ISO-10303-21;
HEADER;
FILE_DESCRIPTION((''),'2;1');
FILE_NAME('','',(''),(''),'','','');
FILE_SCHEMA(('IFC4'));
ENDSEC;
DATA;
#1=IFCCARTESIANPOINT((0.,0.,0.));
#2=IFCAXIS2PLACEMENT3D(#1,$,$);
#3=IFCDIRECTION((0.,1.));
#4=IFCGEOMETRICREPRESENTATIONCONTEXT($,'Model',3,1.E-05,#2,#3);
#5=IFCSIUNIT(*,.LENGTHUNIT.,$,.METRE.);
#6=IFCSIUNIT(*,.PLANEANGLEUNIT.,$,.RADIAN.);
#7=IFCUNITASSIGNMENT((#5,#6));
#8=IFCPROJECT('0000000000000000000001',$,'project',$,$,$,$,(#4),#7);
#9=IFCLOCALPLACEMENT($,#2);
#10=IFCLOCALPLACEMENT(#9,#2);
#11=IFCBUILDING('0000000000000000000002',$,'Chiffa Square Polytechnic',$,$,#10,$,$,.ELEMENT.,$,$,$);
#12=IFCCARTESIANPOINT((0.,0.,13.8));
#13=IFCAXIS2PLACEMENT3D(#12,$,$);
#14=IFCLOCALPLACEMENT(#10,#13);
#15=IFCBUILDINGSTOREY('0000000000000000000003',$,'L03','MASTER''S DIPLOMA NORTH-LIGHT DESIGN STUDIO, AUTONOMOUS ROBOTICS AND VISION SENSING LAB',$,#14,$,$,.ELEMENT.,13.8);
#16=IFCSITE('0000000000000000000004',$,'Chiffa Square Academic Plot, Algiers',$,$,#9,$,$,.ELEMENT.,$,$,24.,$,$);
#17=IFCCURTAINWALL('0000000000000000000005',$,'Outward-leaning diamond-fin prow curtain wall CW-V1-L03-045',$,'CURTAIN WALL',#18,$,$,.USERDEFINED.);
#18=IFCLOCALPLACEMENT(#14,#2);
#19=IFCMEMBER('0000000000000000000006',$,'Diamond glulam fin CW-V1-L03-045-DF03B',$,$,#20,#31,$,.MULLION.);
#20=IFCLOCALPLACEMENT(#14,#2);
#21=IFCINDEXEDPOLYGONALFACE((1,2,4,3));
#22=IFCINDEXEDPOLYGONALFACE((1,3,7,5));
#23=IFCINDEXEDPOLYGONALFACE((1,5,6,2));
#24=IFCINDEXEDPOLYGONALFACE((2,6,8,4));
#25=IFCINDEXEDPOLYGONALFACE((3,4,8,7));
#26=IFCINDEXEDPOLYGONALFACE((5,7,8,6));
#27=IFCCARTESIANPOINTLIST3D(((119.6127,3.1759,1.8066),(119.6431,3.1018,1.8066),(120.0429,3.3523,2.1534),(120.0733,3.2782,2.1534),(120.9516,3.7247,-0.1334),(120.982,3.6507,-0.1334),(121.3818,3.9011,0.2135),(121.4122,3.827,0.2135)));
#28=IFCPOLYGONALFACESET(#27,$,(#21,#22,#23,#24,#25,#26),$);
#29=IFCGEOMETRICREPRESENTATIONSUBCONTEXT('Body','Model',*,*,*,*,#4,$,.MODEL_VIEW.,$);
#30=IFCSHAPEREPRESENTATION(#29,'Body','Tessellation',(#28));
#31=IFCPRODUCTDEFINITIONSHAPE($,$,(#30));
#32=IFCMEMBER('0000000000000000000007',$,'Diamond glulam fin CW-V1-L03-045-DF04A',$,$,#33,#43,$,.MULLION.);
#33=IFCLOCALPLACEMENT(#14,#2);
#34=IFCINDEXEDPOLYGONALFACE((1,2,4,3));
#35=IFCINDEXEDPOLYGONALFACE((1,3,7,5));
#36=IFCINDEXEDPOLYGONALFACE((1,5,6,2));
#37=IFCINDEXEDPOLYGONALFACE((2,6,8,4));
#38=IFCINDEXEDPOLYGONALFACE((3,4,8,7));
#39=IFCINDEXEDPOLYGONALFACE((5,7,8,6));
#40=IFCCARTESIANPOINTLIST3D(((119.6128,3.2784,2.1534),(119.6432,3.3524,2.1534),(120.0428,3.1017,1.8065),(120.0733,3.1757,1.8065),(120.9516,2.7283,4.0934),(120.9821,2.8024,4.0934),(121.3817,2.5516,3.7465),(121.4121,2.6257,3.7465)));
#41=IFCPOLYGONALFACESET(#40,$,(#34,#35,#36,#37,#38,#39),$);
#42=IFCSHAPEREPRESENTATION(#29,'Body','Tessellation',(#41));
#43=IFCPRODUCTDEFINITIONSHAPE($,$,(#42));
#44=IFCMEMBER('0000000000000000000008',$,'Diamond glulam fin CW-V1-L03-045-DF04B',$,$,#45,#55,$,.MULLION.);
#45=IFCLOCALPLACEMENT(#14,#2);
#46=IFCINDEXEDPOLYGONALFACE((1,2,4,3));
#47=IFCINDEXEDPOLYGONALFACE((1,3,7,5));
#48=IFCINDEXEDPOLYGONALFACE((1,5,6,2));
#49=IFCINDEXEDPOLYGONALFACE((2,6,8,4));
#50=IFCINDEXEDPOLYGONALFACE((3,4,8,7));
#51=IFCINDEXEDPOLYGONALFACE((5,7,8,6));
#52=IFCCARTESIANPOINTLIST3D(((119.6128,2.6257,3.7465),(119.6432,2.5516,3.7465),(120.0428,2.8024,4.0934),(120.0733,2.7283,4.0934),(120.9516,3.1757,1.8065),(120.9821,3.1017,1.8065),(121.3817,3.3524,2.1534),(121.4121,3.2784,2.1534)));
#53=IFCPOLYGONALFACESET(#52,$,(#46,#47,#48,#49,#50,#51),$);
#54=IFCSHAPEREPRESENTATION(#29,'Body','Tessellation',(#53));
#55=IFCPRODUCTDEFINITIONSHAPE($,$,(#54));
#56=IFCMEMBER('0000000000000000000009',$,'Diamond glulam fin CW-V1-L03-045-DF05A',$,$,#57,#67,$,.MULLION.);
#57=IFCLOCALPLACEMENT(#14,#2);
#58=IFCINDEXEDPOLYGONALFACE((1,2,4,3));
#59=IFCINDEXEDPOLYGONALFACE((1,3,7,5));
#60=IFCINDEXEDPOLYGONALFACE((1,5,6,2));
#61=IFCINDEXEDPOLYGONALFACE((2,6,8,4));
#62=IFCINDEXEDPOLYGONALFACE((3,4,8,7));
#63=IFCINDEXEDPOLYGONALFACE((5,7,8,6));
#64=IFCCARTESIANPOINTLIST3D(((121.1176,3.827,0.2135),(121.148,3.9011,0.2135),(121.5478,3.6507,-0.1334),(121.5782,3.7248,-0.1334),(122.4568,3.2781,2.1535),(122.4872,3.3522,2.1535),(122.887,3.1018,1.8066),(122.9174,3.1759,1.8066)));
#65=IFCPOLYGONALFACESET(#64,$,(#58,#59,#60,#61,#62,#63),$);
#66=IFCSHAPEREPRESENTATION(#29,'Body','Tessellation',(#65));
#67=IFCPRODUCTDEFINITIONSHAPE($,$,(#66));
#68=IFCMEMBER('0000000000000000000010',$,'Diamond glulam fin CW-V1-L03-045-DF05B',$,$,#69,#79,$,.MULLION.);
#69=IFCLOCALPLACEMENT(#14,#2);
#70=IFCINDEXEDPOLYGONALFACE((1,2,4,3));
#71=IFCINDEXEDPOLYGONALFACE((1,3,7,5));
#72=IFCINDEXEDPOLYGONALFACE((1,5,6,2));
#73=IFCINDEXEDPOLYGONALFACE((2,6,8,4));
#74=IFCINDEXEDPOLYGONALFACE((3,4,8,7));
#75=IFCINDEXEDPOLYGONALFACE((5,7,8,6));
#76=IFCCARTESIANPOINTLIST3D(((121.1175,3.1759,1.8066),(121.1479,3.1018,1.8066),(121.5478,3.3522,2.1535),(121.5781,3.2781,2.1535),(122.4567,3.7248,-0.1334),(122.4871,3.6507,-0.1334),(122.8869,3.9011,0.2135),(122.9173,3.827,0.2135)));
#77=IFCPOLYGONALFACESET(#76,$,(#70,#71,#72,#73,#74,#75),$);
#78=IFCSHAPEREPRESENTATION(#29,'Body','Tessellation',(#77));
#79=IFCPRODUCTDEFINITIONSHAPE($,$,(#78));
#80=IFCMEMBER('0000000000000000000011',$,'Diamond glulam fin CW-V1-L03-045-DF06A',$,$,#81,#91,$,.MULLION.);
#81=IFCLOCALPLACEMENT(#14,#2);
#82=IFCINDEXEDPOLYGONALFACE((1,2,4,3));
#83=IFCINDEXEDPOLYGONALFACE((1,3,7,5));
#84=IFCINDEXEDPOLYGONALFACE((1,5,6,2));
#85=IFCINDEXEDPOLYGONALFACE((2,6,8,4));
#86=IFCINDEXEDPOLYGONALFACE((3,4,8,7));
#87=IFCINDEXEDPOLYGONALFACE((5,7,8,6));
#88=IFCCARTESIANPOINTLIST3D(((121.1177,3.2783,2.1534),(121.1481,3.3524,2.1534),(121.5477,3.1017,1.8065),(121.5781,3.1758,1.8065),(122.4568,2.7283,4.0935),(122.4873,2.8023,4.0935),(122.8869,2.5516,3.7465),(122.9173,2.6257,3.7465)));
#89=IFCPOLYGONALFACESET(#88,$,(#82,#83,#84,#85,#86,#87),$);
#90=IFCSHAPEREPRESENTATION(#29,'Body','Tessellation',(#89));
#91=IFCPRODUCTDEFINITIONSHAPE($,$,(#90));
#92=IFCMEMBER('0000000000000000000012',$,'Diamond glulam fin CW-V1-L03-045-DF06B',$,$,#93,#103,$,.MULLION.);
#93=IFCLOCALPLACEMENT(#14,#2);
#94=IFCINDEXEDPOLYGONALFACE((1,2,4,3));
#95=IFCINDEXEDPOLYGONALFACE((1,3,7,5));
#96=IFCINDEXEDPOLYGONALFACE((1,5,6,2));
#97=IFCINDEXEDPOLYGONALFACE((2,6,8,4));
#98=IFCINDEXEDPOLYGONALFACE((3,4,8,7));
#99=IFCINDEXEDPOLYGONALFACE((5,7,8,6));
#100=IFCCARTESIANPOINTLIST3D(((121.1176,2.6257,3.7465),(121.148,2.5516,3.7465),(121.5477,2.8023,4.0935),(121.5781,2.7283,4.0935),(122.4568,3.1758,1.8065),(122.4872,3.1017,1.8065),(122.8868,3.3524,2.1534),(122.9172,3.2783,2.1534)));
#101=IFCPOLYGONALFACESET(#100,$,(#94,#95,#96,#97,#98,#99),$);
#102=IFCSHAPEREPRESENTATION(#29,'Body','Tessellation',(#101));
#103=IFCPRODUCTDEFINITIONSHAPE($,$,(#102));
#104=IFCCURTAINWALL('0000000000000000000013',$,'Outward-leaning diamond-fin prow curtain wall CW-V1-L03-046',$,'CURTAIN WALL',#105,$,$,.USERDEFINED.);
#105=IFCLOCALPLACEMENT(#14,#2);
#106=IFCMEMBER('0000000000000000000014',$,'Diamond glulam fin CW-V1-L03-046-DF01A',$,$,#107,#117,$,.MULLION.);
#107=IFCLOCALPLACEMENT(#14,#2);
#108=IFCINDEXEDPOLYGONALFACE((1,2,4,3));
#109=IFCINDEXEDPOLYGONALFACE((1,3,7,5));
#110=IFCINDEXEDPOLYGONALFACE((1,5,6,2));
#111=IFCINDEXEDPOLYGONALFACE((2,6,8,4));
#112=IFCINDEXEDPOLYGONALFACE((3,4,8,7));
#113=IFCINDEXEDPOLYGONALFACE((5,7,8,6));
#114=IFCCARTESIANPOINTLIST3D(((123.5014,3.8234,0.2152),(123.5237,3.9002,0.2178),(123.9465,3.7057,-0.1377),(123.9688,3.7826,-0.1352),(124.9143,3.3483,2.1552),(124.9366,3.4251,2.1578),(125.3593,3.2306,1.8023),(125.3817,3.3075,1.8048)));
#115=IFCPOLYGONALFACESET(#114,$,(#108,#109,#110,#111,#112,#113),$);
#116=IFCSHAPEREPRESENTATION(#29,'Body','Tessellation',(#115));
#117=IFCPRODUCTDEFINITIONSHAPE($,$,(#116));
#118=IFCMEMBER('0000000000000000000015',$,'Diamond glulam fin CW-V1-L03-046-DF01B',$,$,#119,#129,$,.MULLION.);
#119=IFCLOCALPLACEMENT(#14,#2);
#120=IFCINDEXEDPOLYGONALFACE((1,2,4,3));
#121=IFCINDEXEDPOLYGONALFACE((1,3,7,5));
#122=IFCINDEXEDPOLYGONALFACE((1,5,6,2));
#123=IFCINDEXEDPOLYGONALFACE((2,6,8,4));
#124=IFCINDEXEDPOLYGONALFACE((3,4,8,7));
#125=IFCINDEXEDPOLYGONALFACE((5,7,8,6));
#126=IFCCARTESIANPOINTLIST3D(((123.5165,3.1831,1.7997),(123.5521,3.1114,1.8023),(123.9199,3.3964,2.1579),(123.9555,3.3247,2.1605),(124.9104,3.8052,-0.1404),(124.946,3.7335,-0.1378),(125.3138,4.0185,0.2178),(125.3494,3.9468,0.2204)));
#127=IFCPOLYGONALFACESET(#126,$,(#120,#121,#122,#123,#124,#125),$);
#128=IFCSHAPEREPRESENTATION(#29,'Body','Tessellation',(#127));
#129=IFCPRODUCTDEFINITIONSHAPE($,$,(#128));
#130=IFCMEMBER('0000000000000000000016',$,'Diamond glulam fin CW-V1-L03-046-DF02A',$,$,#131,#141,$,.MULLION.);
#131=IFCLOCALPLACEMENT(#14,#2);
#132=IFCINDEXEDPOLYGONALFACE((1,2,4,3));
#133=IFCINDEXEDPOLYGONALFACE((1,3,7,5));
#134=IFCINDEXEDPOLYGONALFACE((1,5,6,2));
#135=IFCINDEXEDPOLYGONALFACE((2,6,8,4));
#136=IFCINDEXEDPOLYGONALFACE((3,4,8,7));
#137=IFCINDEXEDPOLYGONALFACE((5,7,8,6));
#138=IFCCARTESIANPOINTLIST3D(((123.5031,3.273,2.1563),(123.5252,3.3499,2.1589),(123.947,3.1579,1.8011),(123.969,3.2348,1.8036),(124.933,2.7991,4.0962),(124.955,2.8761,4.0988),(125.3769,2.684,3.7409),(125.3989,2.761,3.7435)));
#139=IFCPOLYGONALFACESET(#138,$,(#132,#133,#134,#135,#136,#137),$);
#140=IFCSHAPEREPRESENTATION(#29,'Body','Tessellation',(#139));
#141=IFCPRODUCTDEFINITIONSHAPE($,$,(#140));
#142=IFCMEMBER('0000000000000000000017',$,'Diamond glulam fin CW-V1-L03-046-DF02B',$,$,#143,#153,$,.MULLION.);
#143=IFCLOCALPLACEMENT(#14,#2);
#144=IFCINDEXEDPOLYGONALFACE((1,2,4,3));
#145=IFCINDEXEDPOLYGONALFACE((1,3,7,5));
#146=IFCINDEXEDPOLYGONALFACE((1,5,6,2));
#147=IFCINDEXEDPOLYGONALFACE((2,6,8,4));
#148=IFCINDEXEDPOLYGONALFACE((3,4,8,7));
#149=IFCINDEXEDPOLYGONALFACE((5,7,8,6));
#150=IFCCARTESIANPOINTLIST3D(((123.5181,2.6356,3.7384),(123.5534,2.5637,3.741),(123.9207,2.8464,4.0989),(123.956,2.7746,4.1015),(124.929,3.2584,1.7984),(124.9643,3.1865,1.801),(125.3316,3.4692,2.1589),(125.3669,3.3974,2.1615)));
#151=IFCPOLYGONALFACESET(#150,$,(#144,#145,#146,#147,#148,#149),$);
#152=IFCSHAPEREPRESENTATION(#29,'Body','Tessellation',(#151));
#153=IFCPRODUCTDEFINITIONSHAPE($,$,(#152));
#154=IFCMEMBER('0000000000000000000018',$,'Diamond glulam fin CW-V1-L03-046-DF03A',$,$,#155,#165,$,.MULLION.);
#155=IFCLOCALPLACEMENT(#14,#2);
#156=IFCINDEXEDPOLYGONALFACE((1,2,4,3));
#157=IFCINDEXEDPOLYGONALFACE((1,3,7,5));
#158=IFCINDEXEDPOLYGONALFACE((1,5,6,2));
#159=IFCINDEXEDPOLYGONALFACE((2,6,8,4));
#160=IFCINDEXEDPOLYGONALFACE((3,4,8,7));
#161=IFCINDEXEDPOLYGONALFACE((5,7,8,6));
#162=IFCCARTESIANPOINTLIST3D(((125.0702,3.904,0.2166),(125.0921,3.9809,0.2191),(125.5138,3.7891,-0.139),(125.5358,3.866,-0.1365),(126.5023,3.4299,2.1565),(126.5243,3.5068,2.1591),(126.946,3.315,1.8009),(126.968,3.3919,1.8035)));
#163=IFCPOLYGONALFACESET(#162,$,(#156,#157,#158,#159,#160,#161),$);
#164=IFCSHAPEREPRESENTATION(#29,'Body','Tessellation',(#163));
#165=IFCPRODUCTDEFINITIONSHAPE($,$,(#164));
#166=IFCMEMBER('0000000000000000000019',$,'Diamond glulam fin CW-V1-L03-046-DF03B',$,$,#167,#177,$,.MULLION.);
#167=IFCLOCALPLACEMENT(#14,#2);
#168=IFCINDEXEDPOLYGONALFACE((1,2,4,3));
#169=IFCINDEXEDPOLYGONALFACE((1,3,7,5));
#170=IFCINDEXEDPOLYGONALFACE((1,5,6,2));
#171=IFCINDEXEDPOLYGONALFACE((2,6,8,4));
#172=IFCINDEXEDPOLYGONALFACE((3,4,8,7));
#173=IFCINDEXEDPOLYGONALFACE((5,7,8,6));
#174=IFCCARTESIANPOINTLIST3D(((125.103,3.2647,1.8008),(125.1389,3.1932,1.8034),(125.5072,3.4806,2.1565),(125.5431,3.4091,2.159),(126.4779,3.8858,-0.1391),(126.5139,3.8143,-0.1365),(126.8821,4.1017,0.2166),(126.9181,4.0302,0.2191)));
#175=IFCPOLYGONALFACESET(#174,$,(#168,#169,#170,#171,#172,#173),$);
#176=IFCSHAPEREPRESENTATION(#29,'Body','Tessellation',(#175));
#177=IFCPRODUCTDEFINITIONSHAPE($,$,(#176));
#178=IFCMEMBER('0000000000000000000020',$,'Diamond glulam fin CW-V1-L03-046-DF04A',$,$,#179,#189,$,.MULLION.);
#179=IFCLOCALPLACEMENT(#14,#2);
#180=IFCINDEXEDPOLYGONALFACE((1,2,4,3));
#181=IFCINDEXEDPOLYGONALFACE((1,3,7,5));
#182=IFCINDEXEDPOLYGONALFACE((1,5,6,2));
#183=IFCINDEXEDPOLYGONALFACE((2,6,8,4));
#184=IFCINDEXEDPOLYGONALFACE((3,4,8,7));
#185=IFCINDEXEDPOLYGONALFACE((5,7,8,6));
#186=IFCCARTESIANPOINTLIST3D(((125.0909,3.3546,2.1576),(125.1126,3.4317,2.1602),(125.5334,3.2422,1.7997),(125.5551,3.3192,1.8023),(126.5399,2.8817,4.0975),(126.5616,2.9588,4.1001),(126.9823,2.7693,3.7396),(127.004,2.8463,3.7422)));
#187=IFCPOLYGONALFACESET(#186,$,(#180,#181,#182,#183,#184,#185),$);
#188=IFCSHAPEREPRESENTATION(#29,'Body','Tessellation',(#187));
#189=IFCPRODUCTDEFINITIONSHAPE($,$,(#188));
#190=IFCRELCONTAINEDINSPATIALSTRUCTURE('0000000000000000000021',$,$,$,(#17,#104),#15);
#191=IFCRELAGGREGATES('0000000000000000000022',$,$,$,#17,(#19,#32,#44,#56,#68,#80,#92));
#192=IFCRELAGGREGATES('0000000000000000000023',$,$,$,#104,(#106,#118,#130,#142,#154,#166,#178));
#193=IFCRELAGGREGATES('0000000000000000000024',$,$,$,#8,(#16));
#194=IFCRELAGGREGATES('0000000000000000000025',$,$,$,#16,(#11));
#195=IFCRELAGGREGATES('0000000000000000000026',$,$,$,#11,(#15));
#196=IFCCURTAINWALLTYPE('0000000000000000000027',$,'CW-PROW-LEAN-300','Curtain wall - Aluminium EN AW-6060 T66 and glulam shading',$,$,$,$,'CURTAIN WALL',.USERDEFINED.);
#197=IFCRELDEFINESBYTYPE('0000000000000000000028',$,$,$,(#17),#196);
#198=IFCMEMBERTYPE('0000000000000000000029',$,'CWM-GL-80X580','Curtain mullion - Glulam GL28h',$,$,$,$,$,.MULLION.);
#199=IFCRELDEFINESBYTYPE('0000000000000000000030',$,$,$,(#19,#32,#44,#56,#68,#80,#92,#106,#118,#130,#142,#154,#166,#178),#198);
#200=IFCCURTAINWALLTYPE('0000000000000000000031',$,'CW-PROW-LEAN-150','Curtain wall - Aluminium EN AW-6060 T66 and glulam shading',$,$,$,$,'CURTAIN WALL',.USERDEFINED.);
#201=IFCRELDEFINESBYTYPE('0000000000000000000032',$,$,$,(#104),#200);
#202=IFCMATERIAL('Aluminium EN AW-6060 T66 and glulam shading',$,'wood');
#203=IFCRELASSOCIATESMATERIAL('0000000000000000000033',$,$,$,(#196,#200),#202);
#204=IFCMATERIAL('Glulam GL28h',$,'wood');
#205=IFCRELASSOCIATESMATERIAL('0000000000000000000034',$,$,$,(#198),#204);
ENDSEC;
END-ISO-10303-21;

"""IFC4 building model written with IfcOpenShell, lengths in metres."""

from ifc_helpers import new_model, si_unit, direction, frame, origin, origin_2d, place, context, subcontext, project, spatial, rectangle, extrude, material, material_profile, profile_set, type_object, element, aggregate, save


model = new_model("IFC4")

# Units and contexts
model_context = context("Model", 3, precision=1e-05, world=origin(), true_north=direction((0.0, 1.0)))
body_context = subcontext(model_context, "Body", "Model", "MODEL_VIEW")
ifc_project = project(units=[si_unit("LENGTHUNIT", "METRE"), si_unit("PLANEANGLEUNIT", "RADIAN")], contexts=[model_context])

# Site, building, storey
site_placement = place(None, origin())
site = spatial("IfcSite", under=ifc_project, at=site_placement, Name="Chiffa Square Academic Plot, Algiers", CompositionType="ELEMENT", RefElevation=24.0)
building_placement = place(site_placement, origin())
building = spatial("IfcBuilding", under=site, at=building_placement, Name="Chiffa Square Polytechnic", CompositionType="ELEMENT")
storey_placement = place(building_placement, frame((0.0, 0.0, 13.8)))
storey = spatial("IfcBuildingStorey", under=building, at=storey_placement, Name="L03", Description="MASTER'S DIPLOMA NORTH-LIGHT DESIGN STUDIO, AUTONOMOUS ROBOTICS AND VISION SENSING LAB", CompositionType="ELEMENT", Elevation=13.8)

# Curtain walls, members
ifc_material_1 = material(Name="Aluminium EN AW-6060 T66 and glulam shading", Category="wood")
curtain_wall_type_1 = type_object("IfcCurtainWallType", Name="CW-PROW-LEAN-300", Description="Curtain wall - Aluminium EN AW-6060 T66 and glulam shading", ElementType="CURTAIN WALL", PredefinedType="USERDEFINED", material=ifc_material_1)
curtain_wall_1_placement = place(storey_placement, origin())
curtain_wall_1 = element("IfcCurtainWall", 1, at=curtain_wall_1_placement, inside=storey, type_object=curtain_wall_type_1, Name="Outward-leaning diamond-fin prow curtain wall CW-V1-L03-045", ObjectType="CURTAIN WALL", PredefinedType="USERDEFINED")
ifc_material_2 = material(Name="Glulam GL28h", Category="wood")
ifc_material_profile_1 = material_profile(ifc_material_2, rectangle(XDim=0.0801, YDim=0.5801, at=origin_2d()), Name="GL28h 80x580")
ifc_profile_set_1 = profile_set([ifc_material_profile_1], Name="Glulam GL28h")
member_type_1 = type_object("IfcMemberType", Name="CWM-GL-80X580", Description="Curtain mullion - Glulam GL28h", PredefinedType="MULLION", material=ifc_profile_set_1)
member_1_placement = place(storey_placement, frame((121.1819, 3.7759, 0.04), z_axis=(-0.553215, -0.226774, 0.801577), x_axis=(0.37929, -0.925278, 0.0)))
member_1 = element("IfcMember", 2, at=member_1_placement, type_object=member_type_1, Name="Diamond glulam fin CW-V1-L03-045-DF03B", PredefinedType="MULLION", context=body_context, shape_type="SweptSolid", body=[
    extrude(rectangle(XDim=0.0801, YDim=0.5801, at=origin_2d()), origin(), (0.0, 0.0, 1.0), 2.4202),
])
member_2_placement = place(storey_placement, frame((119.843, 3.2271, 1.98), z_axis=(0.553152, -0.227252, 0.801486), x_axis=(0.380012, 0.924982, 0.0)))
member_2 = element("IfcMember", 3, at=member_2_placement, type_object=member_type_1, Name="Diamond glulam fin CW-V1-L03-045-DF04A", PredefinedType="MULLION", context=body_context, shape_type="SweptSolid", body=[
    extrude(rectangle(XDim=0.0801, YDim=0.5801, at=origin_2d()), origin(), (0.0, 0.0, 1.0), 2.4204),
])
member_3_placement = place(storey_placement, frame((121.1819, 3.2271, 1.98), z_axis=(-0.553152, -0.227252, 0.801486), x_axis=(0.380012, -0.924982, 0.0)))
member_3 = element("IfcMember", 4, at=member_3_placement, type_object=member_type_1, Name="Diamond glulam fin CW-V1-L03-045-DF04B", PredefinedType="MULLION", context=body_context, shape_type="SweptSolid", body=[
    extrude(rectangle(XDim=0.0801, YDim=0.5801, at=origin_2d()), origin(), (0.0, 0.0, 1.0), 2.4204),
])
member_4_placement = place(storey_placement, frame((121.3479, 3.7759, 0.04), z_axis=(0.553285, -0.226761, 0.801533), x_axis=(0.379231, 0.925302, 0.0)))
member_4 = element("IfcMember", 5, at=member_4_placement, type_object=member_type_1, Name="Diamond glulam fin CW-V1-L03-045-DF05A", PredefinedType="MULLION", context=body_context, shape_type="SweptSolid", body=[
    extrude(rectangle(XDim=0.0801, YDim=0.5801, at=origin_2d()), origin(), (0.0, 0.0, 1.0), 2.4204),
])
member_5_placement = place(storey_placement, frame((122.687, 3.7759, 0.04), z_axis=(-0.553285, -0.226761, 0.801533), x_axis=(0.379231, -0.925302, 0.0)))
member_5 = element("IfcMember", 6, at=member_5_placement, type_object=member_type_1, Name="Diamond glulam fin CW-V1-L03-045-DF05B", PredefinedType="MULLION", context=body_context, shape_type="SweptSolid", body=[
    extrude(rectangle(XDim=0.0801, YDim=0.5801, at=origin_2d()), origin(), (0.0, 0.0, 1.0), 2.4204),
])
member_6_placement = place(storey_placement, frame((121.3479, 3.2271, 1.98), z_axis=(0.553222, -0.22724, 0.801441), x_axis=(0.379952, 0.925006, 0.0)))
member_6 = element("IfcMember", 7, at=member_6_placement, type_object=member_type_1, Name="Diamond glulam fin CW-V1-L03-045-DF06A", PredefinedType="MULLION", context=body_context, shape_type="SweptSolid", body=[
    extrude(rectangle(XDim=0.0801, YDim=0.5801, at=origin_2d()), origin(), (0.0, 0.0, 1.0), 2.4207),
])
member_7_placement = place(storey_placement, frame((122.687, 3.2271, 1.98), z_axis=(-0.553222, -0.22724, 0.801441), x_axis=(0.379952, -0.925006, 0.0)))
member_7 = element("IfcMember", 8, at=member_7_placement, type_object=member_type_1, Name="Diamond glulam fin CW-V1-L03-045-DF06B", PredefinedType="MULLION", context=body_context, shape_type="SweptSolid", body=[
    extrude(rectangle(XDim=0.0801, YDim=0.5801, at=origin_2d()), origin(), (0.0, 0.0, 1.0), 2.4207),
])
curtain_wall_type_2 = type_object("IfcCurtainWallType", Name="CW-PROW-LEAN-150", Description="Curtain wall - Aluminium EN AW-6060 T66 and glulam shading", ElementType="CURTAIN WALL", PredefinedType="USERDEFINED", material=ifc_material_1)
curtain_wall_2_placement = place(storey_placement, origin())
curtain_wall_2 = element("IfcCurtainWall", 9, at=curtain_wall_2_placement, inside=storey, type_object=curtain_wall_type_2, Name="Outward-leaning diamond-fin prow curtain wall CW-V1-L03-046", ObjectType="CURTAIN WALL", PredefinedType="USERDEFINED")
member_8_placement = place(storey_placement, frame((123.7351, 3.803, 0.04), z_axis=(0.577502, -0.194197, 0.792956), x_axis=(0.27896, 0.959773, 0.031887)))
member_8 = element("IfcMember", 10, at=member_8_placement, type_object=member_type_1, Name="Diamond glulam fin CW-V1-L03-046-DF01A", PredefinedType="MULLION", context=body_context, shape_type="SweptSolid", body=[
    extrude(rectangle(XDim=0.0801, YDim=0.5801, at=origin_2d()), origin(), (0.0, 0.0, 1.0), 2.4465),
])
member_9_placement = place(storey_placement, frame((125.1299, 3.876, 0.04), z_axis=(-0.564656, -0.252013, 0.785909), x_axis=(0.444564, -0.895162, 0.032362)))
member_9 = element("IfcMember", 11, at=member_9_placement, type_object=member_type_1, Name="Diamond glulam fin CW-V1-L03-046-DF01B", PredefinedType="MULLION", context=body_context, shape_type="SweptSolid", body=[
    extrude(rectangle(XDim=0.0801, YDim=0.5801, at=origin_2d()), origin(), (0.0, 0.0, 1.0), 2.4685),
])
member_10_placement = place(storey_placement, frame((123.7361, 3.2539, 1.98), z_axis=(0.582186, -0.192935, 0.789833), x_axis=(0.274905, 0.960935, 0.032099)))
member_10 = element("IfcMember", 12, at=member_10_placement, type_object=member_type_1, Name="Diamond glulam fin CW-V1-L03-046-DF02A", PredefinedType="MULLION", context=body_context, shape_type="SweptSolid", body=[
    extrude(rectangle(XDim=0.0801, YDim=0.5801, at=origin_2d()), origin(), (0.0, 0.0, 1.0), 2.4561),
])
member_11_placement = place(storey_placement, frame((125.1479, 3.3279, 1.98), z_axis=(-0.569302, -0.251305, 0.782778), x_axis=(0.440756, -0.897036, 0.032569)))
member_11 = element("IfcMember", 13, at=member_11_placement, type_object=member_type_1, Name="Diamond glulam fin CW-V1-L03-046-DF02B", PredefinedType="MULLION", context=body_context, shape_type="SweptSolid", body=[
    extrude(rectangle(XDim=0.0801, YDim=0.5801, at=origin_2d()), origin(), (0.0, 0.0, 1.0), 2.4783),
])
member_12_placement = place(storey_placement, frame((125.303, 3.885, 0.04), z_axis=(0.582766, -0.192931, 0.789406), x_axis=(0.274633, 0.961012, 0.032128)))
member_12 = element("IfcMember", 14, at=member_12_placement, type_object=member_type_1, Name="Diamond glulam fin CW-V1-L03-046-DF03A", PredefinedType="MULLION", context=body_context, shape_type="SweptSolid", body=[
    extrude(rectangle(XDim=0.0801, YDim=0.5801, at=origin_2d()), origin(), (0.0, 0.0, 1.0), 2.4575),
])
member_13_placement = place(storey_placement, frame((126.698, 3.958, 0.04), z_axis=(-0.559491, -0.252725, 0.789367), x_axis=(0.448741, -0.893084, 0.03213)))
member_13 = element("IfcMember", 15, at=member_13_placement, type_object=member_type_1, Name="Diamond glulam fin CW-V1-L03-046-DF03B", PredefinedType="MULLION", context=body_context, shape_type="SweptSolid", body=[
    extrude(rectangle(XDim=0.0801, YDim=0.5801, at=origin_2d()), origin(), (0.0, 0.0, 1.0), 2.4575),
])
member_14_placement = place(storey_placement, frame((125.323, 3.3369, 1.98), z_axis=(0.587321, -0.191683, 0.786328), x_axis=(0.270715, 0.962116, 0.032334)))
member_14 = element("IfcMember", 16, at=member_14_placement, type_object=member_type_1, Name="Diamond glulam fin CW-V1-L03-046-DF04A", PredefinedType="MULLION", context=body_context, shape_type="SweptSolid", body=[
    extrude(rectangle(XDim=0.0801, YDim=0.5801, at=origin_2d()), origin(), (0.0, 0.0, 1.0), 2.467),
])

aggregate(curtain_wall_1, [member_1, member_2, member_3, member_4, member_5, member_6, member_7])
aggregate(curtain_wall_2, [member_8, member_9, member_10, member_11, member_12, member_13, member_14])

save(model, "model.ifc")
